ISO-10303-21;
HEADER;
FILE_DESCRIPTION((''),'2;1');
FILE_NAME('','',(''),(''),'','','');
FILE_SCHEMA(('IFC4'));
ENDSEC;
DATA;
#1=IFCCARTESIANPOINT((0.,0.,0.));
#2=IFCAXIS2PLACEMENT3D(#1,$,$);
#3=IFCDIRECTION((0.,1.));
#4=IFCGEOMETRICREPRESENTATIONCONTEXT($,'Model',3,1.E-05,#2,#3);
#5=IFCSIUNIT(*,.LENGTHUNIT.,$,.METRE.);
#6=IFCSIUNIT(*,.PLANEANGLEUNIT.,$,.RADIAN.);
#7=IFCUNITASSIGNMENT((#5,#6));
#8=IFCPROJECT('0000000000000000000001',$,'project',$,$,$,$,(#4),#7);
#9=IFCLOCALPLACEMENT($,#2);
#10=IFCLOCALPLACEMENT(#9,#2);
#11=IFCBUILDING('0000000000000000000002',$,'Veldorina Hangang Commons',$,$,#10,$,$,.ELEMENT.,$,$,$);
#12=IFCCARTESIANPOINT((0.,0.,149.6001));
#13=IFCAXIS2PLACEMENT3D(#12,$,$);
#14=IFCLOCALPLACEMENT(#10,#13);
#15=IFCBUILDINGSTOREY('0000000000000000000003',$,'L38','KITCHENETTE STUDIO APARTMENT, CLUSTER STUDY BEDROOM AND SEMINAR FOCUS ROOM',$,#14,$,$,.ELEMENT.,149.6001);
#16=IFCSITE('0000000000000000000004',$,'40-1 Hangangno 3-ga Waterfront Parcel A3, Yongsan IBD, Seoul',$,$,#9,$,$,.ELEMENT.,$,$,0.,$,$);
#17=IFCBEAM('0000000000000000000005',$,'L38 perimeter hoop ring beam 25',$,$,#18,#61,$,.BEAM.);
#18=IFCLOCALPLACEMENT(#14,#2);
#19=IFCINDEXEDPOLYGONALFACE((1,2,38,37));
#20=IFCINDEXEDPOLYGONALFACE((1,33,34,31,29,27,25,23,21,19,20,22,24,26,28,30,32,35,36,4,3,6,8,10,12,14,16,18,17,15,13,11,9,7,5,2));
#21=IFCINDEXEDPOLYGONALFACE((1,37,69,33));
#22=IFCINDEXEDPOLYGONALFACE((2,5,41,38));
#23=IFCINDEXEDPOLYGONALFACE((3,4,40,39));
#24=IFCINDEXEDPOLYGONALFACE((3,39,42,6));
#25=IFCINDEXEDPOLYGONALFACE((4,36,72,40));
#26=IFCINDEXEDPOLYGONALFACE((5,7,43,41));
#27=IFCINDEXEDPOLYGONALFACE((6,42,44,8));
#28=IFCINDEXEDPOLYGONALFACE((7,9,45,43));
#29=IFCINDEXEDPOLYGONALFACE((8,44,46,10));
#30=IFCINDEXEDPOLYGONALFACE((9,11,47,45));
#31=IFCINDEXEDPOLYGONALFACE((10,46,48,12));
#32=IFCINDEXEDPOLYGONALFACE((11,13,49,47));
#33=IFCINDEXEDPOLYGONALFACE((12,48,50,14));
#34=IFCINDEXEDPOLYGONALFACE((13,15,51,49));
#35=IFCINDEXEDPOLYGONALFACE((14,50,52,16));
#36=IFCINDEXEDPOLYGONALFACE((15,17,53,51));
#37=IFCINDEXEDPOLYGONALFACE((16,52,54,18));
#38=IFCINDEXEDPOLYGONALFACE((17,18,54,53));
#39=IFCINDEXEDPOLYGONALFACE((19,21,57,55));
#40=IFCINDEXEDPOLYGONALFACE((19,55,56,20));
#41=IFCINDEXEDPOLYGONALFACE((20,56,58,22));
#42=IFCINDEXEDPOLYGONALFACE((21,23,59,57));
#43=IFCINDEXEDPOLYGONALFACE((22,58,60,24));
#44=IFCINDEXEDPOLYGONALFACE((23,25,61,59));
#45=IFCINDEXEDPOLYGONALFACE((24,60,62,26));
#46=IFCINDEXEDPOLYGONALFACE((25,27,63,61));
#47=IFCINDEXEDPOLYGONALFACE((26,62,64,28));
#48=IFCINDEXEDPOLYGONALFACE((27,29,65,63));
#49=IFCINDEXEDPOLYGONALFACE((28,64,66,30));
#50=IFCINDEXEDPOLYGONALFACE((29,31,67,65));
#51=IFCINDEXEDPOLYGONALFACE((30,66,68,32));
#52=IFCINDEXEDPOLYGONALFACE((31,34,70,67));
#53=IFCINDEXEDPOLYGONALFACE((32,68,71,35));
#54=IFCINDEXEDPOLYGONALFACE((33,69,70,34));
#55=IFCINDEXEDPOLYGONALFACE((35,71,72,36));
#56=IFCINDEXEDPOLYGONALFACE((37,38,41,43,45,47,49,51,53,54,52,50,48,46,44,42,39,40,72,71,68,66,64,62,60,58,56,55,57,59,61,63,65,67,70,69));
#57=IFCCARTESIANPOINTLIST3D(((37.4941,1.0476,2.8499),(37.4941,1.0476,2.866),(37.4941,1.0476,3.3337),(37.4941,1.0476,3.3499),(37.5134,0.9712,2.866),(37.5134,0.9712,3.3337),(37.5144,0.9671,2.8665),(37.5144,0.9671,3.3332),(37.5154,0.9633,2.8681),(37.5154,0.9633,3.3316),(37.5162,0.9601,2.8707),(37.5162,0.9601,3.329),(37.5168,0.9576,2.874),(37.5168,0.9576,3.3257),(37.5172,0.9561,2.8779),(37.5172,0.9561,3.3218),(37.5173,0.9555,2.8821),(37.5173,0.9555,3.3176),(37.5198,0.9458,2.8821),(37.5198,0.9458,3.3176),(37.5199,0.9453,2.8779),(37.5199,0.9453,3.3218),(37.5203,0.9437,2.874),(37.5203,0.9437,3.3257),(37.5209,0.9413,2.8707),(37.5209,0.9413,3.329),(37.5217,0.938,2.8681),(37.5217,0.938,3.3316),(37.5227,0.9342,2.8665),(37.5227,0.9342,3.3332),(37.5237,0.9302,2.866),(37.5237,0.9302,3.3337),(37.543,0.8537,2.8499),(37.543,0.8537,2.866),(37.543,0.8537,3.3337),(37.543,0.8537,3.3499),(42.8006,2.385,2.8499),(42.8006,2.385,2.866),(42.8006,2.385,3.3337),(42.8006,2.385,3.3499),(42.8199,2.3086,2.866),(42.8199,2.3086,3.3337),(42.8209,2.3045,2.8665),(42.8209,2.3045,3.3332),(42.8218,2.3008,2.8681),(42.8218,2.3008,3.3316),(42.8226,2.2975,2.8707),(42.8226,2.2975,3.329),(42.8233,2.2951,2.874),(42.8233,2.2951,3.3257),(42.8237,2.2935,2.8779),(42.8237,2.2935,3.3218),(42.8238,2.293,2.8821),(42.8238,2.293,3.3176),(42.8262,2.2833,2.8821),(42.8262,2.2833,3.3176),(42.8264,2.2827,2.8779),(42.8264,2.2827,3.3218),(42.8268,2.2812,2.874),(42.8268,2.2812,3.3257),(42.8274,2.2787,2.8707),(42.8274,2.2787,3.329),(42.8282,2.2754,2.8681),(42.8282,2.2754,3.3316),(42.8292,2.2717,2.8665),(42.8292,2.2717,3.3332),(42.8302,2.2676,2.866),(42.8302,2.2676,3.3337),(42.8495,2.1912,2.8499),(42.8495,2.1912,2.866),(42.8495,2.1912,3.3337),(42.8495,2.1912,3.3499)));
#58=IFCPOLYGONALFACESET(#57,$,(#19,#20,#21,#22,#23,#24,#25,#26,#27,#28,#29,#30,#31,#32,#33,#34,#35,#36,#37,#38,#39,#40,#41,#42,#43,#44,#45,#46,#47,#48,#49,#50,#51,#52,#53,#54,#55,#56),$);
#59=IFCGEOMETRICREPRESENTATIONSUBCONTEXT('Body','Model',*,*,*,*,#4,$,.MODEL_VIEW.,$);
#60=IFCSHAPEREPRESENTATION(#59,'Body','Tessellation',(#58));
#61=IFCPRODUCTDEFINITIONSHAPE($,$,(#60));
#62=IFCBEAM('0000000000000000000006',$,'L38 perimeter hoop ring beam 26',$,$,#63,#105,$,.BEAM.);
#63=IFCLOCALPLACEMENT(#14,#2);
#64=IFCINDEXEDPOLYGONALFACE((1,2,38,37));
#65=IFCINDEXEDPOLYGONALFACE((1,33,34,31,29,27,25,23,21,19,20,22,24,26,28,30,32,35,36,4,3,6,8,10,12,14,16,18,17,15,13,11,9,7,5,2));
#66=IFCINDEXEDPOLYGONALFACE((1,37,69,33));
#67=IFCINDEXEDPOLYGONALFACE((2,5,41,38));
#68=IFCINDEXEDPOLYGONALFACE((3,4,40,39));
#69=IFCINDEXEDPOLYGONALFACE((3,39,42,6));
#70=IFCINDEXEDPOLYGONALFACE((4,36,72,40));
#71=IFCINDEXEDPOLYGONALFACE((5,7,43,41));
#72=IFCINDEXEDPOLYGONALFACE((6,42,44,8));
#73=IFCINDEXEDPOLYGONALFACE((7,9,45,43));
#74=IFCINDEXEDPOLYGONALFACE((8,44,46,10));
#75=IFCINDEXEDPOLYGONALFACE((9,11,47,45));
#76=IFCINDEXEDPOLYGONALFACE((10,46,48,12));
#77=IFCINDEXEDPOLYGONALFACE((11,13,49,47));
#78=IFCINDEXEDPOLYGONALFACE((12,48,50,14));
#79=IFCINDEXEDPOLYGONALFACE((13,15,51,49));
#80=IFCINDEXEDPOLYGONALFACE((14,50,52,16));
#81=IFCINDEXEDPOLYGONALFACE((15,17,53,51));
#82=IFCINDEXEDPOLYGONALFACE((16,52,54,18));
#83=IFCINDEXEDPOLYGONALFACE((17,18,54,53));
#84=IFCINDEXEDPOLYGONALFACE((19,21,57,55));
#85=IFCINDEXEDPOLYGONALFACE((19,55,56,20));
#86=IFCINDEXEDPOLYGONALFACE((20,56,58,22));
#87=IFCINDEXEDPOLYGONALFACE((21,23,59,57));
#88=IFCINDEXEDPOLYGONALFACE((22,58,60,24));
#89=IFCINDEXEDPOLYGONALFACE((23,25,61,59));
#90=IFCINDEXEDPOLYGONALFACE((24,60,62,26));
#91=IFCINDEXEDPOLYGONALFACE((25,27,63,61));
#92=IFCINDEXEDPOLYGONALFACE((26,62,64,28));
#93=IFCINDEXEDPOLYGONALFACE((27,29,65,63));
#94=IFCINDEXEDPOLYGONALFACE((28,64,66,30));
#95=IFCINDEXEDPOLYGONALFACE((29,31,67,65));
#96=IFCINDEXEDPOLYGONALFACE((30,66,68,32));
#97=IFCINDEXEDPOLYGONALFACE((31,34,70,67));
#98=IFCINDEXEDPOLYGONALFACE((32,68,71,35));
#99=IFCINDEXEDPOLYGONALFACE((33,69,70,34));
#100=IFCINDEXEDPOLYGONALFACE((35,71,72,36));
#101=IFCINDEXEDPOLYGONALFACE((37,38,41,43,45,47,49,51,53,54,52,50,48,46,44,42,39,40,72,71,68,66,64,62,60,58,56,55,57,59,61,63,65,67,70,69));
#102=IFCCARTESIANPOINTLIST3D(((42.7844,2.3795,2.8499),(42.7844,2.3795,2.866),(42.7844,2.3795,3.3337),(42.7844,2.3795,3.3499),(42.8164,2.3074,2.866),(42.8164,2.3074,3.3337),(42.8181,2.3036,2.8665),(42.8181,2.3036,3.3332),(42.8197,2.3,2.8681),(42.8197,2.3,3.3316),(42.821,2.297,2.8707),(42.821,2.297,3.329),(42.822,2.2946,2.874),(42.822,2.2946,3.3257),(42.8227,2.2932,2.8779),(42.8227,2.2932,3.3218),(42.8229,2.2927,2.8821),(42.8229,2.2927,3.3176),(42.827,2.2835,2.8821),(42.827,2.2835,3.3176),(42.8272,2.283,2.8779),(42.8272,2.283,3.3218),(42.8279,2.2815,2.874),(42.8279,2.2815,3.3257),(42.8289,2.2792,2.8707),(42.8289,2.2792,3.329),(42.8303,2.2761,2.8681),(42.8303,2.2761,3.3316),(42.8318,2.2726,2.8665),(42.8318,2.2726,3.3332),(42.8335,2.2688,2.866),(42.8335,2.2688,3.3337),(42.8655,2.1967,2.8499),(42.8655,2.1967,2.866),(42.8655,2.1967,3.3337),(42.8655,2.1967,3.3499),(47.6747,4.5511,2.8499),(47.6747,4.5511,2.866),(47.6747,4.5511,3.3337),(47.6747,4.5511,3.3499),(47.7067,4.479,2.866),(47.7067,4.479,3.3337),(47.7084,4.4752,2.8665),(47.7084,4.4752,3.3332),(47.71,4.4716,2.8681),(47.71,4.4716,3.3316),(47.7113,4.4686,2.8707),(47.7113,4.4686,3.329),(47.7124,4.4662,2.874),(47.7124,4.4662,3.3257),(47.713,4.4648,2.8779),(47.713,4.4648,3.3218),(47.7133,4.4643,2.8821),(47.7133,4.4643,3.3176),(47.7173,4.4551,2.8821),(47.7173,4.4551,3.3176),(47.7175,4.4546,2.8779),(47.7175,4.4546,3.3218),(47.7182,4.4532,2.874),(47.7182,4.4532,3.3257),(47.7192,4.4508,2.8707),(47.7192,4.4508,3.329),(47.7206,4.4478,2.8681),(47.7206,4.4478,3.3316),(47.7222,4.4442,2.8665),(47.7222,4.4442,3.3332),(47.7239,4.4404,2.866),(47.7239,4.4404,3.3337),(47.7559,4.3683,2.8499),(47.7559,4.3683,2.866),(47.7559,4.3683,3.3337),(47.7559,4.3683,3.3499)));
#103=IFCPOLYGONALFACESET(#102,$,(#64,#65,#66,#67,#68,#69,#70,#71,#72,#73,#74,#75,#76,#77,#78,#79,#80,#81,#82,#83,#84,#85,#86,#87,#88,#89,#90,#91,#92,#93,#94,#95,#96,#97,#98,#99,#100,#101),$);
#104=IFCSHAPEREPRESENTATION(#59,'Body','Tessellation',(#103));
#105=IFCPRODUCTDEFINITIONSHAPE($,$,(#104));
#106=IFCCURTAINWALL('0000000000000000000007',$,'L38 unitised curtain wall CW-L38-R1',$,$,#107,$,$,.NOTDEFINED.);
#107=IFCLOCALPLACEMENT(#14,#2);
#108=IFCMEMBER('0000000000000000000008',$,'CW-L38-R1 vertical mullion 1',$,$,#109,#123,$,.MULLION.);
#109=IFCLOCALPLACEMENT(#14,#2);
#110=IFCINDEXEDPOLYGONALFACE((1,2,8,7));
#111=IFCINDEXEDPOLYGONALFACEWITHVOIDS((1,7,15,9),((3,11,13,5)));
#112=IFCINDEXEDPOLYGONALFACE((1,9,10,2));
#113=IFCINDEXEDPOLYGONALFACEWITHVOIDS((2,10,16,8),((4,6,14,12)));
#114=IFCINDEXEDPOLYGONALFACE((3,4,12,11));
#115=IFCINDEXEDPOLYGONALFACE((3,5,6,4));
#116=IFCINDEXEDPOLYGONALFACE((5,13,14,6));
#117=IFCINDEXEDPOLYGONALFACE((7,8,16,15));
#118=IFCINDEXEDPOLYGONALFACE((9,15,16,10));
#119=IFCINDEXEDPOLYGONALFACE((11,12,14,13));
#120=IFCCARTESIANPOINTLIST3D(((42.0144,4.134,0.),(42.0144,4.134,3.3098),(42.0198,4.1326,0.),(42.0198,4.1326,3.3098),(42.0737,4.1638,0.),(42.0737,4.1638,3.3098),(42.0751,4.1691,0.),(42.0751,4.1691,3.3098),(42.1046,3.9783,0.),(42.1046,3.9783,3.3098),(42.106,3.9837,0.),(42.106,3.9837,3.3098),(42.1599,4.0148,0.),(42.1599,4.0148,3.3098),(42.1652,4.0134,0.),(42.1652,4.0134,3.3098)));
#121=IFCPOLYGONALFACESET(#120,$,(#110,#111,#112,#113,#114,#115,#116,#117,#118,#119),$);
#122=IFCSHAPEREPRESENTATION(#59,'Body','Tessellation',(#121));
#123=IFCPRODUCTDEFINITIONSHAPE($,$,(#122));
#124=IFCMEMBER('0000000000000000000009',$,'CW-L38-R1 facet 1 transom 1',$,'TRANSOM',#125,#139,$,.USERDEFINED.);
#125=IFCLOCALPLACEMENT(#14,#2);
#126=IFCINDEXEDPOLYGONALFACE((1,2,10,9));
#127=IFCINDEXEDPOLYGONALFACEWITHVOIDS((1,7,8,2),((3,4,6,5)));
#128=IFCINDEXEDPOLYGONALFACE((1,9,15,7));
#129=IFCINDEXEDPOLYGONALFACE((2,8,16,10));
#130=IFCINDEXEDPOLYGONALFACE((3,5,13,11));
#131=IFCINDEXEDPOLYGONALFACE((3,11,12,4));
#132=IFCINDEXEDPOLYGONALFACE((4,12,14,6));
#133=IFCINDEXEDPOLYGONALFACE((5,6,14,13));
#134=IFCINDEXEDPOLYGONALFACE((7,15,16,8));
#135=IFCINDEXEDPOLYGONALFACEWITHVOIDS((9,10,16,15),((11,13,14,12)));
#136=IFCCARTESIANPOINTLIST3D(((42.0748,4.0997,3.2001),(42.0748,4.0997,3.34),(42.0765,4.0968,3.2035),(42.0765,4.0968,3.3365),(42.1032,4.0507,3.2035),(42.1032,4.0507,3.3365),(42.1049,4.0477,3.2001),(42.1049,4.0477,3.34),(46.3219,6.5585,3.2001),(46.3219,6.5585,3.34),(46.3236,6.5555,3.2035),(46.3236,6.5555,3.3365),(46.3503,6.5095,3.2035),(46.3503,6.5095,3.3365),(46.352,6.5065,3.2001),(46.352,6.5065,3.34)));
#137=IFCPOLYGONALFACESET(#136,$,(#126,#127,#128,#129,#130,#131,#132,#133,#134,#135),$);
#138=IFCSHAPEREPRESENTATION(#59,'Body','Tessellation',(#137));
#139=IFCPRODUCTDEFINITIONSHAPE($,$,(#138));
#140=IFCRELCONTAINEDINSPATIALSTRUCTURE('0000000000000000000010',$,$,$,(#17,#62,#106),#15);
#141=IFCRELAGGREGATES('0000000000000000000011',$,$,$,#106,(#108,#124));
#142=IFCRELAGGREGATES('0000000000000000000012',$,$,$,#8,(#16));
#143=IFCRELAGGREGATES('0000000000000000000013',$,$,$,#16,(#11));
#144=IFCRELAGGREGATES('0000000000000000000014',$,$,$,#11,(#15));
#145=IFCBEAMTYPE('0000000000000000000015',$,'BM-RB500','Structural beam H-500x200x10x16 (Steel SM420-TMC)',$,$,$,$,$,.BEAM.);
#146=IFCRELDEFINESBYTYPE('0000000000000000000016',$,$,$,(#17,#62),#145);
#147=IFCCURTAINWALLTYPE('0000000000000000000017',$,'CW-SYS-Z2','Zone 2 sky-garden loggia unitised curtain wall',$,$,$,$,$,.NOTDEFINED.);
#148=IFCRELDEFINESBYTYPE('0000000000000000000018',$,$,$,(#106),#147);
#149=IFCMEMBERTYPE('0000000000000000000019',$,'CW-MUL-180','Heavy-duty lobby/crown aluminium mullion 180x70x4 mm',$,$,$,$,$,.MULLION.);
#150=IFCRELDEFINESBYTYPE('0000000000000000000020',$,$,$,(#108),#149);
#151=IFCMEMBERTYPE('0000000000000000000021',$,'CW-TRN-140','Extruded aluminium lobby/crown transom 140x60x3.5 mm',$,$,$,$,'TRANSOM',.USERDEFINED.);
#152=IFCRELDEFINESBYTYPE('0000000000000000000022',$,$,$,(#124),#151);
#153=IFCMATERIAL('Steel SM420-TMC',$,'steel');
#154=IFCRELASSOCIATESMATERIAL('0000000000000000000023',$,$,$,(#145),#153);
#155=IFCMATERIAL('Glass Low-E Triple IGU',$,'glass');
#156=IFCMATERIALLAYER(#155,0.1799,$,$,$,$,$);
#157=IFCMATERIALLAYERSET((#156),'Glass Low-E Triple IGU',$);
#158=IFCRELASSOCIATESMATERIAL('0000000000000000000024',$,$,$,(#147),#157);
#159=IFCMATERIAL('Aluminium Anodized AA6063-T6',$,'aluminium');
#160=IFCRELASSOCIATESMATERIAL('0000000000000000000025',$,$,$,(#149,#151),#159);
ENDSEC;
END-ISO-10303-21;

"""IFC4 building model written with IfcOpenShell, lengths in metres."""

from ifc_helpers import new_model, si_unit, direction, frame, origin, origin_2d, place, context, subcontext, project, spatial, hollow_rectangle, i_section, extrude, material, layer, layer_set, material_profile, profile_set, type_object, element, aggregate, save


model = new_model("IFC4")

# Units and contexts
model_context = context("Model", 3, precision=1e-05, world=origin(), true_north=direction((0.0, 1.0)))
body_context = subcontext(model_context, "Body", "Model", "MODEL_VIEW")
ifc_project = project(units=[si_unit("LENGTHUNIT", "METRE"), si_unit("PLANEANGLEUNIT", "RADIAN")], contexts=[model_context])

# Site, building, storey
site_placement = place(None, origin())
site = spatial("IfcSite", under=ifc_project, at=site_placement, Name="40-1 Hangangno 3-ga Waterfront Parcel A3, Yongsan IBD, Seoul", CompositionType="ELEMENT", RefElevation=0.0)
building_placement = place(site_placement, origin())
building = spatial("IfcBuilding", under=site, at=building_placement, Name="Veldorina Hangang Commons", CompositionType="ELEMENT")
storey_placement = place(building_placement, frame((0.0, 0.0, 149.6001)))
storey = spatial("IfcBuildingStorey", under=building, at=storey_placement, Name="L38", Description="KITCHENETTE STUDIO APARTMENT, CLUSTER STUDY BEDROOM AND SEMINAR FOCUS ROOM", CompositionType="ELEMENT", Elevation=149.6001)

# Beams
ifc_material_1 = material(Name="Steel SM420-TMC", Category="steel")
ifc_material_profile_1 = material_profile(ifc_material_1, i_section(OverallWidth=0.2, OverallDepth=0.5, WebThickness=0.01, FlangeThickness=0.0161, FilletRadius=0.0161, at=origin_2d()), Name="H-500x200x10x16")
ifc_profile_set_1 = profile_set([ifc_material_profile_1], Name="Steel SM420-TMC")
beam_type = type_object("IfcBeamType", Name="BM-RB500", Description="Structural beam H-500x200x10x16 (Steel SM420-TMC)", PredefinedType="BEAM", material=ifc_profile_set_1)
beam_1_placement = place(storey_placement, frame((37.5186, 0.9507, 3.0999), z_axis=(0.969676, 0.244393, 0.0), x_axis=(-0.244393, 0.969676, 0.0)))
element("IfcBeam", 1, at=beam_1_placement, inside=storey, type_object=beam_type, Name="L38 perimeter hoop ring beam 25", PredefinedType="BEAM", context=body_context, shape_type="SweptSolid", body=[
    extrude(i_section(OverallWidth=0.2, OverallDepth=0.5, WebThickness=0.01, FlangeThickness=0.0161, FilletRadius=0.0161, at=origin_2d()), origin(), (0.0, 0.0, 1.0), 5.4724),
])
beam_2_placement = place(storey_placement, frame((42.825, 2.2881, 3.0999), z_axis=(0.913941, 0.405846, 0.0), x_axis=(-0.405846, 0.913941, 0.0)))
element("IfcBeam", 2, at=beam_2_placement, inside=storey, type_object=beam_type, Name="L38 perimeter hoop ring beam 26", PredefinedType="BEAM", context=body_context, shape_type="SweptSolid", body=[
    extrude(i_section(OverallWidth=0.2, OverallDepth=0.5, WebThickness=0.01, FlangeThickness=0.0161, FilletRadius=0.0161, at=origin_2d()), origin(), (0.0, 0.0, 1.0), 5.3508),
])

# Curtain wall, members
ifc_material_2 = material(Name="Glass Low-E Triple IGU", Category="glass")
ifc_layer_1 = layer(ifc_material_2, 0.1799)
ifc_layer_set_1 = layer_set([ifc_layer_1], Name="Glass Low-E Triple IGU")
curtain_wall_type = type_object("IfcCurtainWallType", Name="CW-SYS-Z2", Description="Zone 2 sky-garden loggia unitised curtain wall", PredefinedType="NOTDEFINED", material=ifc_layer_set_1)
curtain_wall_placement = place(storey_placement, origin())
curtain_wall = element("IfcCurtainWall", 3, at=curtain_wall_placement, inside=storey, type_object=curtain_wall_type, Name="L38 unitised curtain wall CW-L38-R1", PredefinedType="NOTDEFINED")
ifc_material_3 = material(Name="Aluminium Anodized AA6063-T6", Category="aluminium")
ifc_material_profile_2 = material_profile(ifc_material_3, hollow_rectangle(XDim=0.0701, YDim=0.1799, WallThickness=0.0039, at=origin_2d()), Name="ALU-RHS-180x70x4")
ifc_profile_set_2 = profile_set([ifc_material_profile_2], Name="Aluminium Anodized AA6063-T6")
member_type_1 = type_object("IfcMemberType", Name="CW-MUL-180", Description="Heavy-duty lobby/crown aluminium mullion 180x70x4 mm", PredefinedType="MULLION", material=ifc_profile_set_2)
member_1_placement = place(storey_placement, frame((42.0898, 4.0737, 0.0), z_axis=(0.0, 0.0, 1.0), x_axis=(0.86544, 0.501012, 0.0)))
member_1 = element("IfcMember", 4, at=member_1_placement, type_object=member_type_1, Name="CW-L38-R1 vertical mullion 1", PredefinedType="MULLION", context=body_context, shape_type="SweptSolid", body=[
    extrude(hollow_rectangle(XDim=0.0701, YDim=0.1799, WallThickness=0.0039, at=origin_2d()), origin(), (0.0, 0.0, 1.0), 3.3098),
])
ifc_material_profile_3 = material_profile(ifc_material_3, hollow_rectangle(XDim=0.0601, YDim=0.1399, WallThickness=0.0034, at=origin_2d()), Name="ALU-RHS-140x60x3.5")
ifc_profile_set_3 = profile_set([ifc_material_profile_3], Name="Aluminium Anodized AA6063-T6")
member_type_2 = type_object("IfcMemberType", Name="CW-TRN-140", Description="Extruded aluminium lobby/crown transom 140x60x3.5 mm", ElementType="TRANSOM", PredefinedType="USERDEFINED", material=ifc_profile_set_3)
member_2_placement = place(storey_placement, frame((42.0898, 4.0737, 3.27), z_axis=(0.865434, 0.501023, 0.0), x_axis=(-0.501023, 0.865434, 0.0)))
member_2 = element("IfcMember", 5, at=member_2_placement, type_object=member_type_2, Name="CW-L38-R1 facet 1 transom 1", ObjectType="TRANSOM", PredefinedType="USERDEFINED", context=body_context, shape_type="SweptSolid", body=[
    extrude(hollow_rectangle(XDim=0.0601, YDim=0.1399, WallThickness=0.0034, at=origin_2d()), origin(), (0.0, 0.0, 1.0), 4.9075),
])

aggregate(curtain_wall, [member_1, member_2])

save(model, "model.ifc")
